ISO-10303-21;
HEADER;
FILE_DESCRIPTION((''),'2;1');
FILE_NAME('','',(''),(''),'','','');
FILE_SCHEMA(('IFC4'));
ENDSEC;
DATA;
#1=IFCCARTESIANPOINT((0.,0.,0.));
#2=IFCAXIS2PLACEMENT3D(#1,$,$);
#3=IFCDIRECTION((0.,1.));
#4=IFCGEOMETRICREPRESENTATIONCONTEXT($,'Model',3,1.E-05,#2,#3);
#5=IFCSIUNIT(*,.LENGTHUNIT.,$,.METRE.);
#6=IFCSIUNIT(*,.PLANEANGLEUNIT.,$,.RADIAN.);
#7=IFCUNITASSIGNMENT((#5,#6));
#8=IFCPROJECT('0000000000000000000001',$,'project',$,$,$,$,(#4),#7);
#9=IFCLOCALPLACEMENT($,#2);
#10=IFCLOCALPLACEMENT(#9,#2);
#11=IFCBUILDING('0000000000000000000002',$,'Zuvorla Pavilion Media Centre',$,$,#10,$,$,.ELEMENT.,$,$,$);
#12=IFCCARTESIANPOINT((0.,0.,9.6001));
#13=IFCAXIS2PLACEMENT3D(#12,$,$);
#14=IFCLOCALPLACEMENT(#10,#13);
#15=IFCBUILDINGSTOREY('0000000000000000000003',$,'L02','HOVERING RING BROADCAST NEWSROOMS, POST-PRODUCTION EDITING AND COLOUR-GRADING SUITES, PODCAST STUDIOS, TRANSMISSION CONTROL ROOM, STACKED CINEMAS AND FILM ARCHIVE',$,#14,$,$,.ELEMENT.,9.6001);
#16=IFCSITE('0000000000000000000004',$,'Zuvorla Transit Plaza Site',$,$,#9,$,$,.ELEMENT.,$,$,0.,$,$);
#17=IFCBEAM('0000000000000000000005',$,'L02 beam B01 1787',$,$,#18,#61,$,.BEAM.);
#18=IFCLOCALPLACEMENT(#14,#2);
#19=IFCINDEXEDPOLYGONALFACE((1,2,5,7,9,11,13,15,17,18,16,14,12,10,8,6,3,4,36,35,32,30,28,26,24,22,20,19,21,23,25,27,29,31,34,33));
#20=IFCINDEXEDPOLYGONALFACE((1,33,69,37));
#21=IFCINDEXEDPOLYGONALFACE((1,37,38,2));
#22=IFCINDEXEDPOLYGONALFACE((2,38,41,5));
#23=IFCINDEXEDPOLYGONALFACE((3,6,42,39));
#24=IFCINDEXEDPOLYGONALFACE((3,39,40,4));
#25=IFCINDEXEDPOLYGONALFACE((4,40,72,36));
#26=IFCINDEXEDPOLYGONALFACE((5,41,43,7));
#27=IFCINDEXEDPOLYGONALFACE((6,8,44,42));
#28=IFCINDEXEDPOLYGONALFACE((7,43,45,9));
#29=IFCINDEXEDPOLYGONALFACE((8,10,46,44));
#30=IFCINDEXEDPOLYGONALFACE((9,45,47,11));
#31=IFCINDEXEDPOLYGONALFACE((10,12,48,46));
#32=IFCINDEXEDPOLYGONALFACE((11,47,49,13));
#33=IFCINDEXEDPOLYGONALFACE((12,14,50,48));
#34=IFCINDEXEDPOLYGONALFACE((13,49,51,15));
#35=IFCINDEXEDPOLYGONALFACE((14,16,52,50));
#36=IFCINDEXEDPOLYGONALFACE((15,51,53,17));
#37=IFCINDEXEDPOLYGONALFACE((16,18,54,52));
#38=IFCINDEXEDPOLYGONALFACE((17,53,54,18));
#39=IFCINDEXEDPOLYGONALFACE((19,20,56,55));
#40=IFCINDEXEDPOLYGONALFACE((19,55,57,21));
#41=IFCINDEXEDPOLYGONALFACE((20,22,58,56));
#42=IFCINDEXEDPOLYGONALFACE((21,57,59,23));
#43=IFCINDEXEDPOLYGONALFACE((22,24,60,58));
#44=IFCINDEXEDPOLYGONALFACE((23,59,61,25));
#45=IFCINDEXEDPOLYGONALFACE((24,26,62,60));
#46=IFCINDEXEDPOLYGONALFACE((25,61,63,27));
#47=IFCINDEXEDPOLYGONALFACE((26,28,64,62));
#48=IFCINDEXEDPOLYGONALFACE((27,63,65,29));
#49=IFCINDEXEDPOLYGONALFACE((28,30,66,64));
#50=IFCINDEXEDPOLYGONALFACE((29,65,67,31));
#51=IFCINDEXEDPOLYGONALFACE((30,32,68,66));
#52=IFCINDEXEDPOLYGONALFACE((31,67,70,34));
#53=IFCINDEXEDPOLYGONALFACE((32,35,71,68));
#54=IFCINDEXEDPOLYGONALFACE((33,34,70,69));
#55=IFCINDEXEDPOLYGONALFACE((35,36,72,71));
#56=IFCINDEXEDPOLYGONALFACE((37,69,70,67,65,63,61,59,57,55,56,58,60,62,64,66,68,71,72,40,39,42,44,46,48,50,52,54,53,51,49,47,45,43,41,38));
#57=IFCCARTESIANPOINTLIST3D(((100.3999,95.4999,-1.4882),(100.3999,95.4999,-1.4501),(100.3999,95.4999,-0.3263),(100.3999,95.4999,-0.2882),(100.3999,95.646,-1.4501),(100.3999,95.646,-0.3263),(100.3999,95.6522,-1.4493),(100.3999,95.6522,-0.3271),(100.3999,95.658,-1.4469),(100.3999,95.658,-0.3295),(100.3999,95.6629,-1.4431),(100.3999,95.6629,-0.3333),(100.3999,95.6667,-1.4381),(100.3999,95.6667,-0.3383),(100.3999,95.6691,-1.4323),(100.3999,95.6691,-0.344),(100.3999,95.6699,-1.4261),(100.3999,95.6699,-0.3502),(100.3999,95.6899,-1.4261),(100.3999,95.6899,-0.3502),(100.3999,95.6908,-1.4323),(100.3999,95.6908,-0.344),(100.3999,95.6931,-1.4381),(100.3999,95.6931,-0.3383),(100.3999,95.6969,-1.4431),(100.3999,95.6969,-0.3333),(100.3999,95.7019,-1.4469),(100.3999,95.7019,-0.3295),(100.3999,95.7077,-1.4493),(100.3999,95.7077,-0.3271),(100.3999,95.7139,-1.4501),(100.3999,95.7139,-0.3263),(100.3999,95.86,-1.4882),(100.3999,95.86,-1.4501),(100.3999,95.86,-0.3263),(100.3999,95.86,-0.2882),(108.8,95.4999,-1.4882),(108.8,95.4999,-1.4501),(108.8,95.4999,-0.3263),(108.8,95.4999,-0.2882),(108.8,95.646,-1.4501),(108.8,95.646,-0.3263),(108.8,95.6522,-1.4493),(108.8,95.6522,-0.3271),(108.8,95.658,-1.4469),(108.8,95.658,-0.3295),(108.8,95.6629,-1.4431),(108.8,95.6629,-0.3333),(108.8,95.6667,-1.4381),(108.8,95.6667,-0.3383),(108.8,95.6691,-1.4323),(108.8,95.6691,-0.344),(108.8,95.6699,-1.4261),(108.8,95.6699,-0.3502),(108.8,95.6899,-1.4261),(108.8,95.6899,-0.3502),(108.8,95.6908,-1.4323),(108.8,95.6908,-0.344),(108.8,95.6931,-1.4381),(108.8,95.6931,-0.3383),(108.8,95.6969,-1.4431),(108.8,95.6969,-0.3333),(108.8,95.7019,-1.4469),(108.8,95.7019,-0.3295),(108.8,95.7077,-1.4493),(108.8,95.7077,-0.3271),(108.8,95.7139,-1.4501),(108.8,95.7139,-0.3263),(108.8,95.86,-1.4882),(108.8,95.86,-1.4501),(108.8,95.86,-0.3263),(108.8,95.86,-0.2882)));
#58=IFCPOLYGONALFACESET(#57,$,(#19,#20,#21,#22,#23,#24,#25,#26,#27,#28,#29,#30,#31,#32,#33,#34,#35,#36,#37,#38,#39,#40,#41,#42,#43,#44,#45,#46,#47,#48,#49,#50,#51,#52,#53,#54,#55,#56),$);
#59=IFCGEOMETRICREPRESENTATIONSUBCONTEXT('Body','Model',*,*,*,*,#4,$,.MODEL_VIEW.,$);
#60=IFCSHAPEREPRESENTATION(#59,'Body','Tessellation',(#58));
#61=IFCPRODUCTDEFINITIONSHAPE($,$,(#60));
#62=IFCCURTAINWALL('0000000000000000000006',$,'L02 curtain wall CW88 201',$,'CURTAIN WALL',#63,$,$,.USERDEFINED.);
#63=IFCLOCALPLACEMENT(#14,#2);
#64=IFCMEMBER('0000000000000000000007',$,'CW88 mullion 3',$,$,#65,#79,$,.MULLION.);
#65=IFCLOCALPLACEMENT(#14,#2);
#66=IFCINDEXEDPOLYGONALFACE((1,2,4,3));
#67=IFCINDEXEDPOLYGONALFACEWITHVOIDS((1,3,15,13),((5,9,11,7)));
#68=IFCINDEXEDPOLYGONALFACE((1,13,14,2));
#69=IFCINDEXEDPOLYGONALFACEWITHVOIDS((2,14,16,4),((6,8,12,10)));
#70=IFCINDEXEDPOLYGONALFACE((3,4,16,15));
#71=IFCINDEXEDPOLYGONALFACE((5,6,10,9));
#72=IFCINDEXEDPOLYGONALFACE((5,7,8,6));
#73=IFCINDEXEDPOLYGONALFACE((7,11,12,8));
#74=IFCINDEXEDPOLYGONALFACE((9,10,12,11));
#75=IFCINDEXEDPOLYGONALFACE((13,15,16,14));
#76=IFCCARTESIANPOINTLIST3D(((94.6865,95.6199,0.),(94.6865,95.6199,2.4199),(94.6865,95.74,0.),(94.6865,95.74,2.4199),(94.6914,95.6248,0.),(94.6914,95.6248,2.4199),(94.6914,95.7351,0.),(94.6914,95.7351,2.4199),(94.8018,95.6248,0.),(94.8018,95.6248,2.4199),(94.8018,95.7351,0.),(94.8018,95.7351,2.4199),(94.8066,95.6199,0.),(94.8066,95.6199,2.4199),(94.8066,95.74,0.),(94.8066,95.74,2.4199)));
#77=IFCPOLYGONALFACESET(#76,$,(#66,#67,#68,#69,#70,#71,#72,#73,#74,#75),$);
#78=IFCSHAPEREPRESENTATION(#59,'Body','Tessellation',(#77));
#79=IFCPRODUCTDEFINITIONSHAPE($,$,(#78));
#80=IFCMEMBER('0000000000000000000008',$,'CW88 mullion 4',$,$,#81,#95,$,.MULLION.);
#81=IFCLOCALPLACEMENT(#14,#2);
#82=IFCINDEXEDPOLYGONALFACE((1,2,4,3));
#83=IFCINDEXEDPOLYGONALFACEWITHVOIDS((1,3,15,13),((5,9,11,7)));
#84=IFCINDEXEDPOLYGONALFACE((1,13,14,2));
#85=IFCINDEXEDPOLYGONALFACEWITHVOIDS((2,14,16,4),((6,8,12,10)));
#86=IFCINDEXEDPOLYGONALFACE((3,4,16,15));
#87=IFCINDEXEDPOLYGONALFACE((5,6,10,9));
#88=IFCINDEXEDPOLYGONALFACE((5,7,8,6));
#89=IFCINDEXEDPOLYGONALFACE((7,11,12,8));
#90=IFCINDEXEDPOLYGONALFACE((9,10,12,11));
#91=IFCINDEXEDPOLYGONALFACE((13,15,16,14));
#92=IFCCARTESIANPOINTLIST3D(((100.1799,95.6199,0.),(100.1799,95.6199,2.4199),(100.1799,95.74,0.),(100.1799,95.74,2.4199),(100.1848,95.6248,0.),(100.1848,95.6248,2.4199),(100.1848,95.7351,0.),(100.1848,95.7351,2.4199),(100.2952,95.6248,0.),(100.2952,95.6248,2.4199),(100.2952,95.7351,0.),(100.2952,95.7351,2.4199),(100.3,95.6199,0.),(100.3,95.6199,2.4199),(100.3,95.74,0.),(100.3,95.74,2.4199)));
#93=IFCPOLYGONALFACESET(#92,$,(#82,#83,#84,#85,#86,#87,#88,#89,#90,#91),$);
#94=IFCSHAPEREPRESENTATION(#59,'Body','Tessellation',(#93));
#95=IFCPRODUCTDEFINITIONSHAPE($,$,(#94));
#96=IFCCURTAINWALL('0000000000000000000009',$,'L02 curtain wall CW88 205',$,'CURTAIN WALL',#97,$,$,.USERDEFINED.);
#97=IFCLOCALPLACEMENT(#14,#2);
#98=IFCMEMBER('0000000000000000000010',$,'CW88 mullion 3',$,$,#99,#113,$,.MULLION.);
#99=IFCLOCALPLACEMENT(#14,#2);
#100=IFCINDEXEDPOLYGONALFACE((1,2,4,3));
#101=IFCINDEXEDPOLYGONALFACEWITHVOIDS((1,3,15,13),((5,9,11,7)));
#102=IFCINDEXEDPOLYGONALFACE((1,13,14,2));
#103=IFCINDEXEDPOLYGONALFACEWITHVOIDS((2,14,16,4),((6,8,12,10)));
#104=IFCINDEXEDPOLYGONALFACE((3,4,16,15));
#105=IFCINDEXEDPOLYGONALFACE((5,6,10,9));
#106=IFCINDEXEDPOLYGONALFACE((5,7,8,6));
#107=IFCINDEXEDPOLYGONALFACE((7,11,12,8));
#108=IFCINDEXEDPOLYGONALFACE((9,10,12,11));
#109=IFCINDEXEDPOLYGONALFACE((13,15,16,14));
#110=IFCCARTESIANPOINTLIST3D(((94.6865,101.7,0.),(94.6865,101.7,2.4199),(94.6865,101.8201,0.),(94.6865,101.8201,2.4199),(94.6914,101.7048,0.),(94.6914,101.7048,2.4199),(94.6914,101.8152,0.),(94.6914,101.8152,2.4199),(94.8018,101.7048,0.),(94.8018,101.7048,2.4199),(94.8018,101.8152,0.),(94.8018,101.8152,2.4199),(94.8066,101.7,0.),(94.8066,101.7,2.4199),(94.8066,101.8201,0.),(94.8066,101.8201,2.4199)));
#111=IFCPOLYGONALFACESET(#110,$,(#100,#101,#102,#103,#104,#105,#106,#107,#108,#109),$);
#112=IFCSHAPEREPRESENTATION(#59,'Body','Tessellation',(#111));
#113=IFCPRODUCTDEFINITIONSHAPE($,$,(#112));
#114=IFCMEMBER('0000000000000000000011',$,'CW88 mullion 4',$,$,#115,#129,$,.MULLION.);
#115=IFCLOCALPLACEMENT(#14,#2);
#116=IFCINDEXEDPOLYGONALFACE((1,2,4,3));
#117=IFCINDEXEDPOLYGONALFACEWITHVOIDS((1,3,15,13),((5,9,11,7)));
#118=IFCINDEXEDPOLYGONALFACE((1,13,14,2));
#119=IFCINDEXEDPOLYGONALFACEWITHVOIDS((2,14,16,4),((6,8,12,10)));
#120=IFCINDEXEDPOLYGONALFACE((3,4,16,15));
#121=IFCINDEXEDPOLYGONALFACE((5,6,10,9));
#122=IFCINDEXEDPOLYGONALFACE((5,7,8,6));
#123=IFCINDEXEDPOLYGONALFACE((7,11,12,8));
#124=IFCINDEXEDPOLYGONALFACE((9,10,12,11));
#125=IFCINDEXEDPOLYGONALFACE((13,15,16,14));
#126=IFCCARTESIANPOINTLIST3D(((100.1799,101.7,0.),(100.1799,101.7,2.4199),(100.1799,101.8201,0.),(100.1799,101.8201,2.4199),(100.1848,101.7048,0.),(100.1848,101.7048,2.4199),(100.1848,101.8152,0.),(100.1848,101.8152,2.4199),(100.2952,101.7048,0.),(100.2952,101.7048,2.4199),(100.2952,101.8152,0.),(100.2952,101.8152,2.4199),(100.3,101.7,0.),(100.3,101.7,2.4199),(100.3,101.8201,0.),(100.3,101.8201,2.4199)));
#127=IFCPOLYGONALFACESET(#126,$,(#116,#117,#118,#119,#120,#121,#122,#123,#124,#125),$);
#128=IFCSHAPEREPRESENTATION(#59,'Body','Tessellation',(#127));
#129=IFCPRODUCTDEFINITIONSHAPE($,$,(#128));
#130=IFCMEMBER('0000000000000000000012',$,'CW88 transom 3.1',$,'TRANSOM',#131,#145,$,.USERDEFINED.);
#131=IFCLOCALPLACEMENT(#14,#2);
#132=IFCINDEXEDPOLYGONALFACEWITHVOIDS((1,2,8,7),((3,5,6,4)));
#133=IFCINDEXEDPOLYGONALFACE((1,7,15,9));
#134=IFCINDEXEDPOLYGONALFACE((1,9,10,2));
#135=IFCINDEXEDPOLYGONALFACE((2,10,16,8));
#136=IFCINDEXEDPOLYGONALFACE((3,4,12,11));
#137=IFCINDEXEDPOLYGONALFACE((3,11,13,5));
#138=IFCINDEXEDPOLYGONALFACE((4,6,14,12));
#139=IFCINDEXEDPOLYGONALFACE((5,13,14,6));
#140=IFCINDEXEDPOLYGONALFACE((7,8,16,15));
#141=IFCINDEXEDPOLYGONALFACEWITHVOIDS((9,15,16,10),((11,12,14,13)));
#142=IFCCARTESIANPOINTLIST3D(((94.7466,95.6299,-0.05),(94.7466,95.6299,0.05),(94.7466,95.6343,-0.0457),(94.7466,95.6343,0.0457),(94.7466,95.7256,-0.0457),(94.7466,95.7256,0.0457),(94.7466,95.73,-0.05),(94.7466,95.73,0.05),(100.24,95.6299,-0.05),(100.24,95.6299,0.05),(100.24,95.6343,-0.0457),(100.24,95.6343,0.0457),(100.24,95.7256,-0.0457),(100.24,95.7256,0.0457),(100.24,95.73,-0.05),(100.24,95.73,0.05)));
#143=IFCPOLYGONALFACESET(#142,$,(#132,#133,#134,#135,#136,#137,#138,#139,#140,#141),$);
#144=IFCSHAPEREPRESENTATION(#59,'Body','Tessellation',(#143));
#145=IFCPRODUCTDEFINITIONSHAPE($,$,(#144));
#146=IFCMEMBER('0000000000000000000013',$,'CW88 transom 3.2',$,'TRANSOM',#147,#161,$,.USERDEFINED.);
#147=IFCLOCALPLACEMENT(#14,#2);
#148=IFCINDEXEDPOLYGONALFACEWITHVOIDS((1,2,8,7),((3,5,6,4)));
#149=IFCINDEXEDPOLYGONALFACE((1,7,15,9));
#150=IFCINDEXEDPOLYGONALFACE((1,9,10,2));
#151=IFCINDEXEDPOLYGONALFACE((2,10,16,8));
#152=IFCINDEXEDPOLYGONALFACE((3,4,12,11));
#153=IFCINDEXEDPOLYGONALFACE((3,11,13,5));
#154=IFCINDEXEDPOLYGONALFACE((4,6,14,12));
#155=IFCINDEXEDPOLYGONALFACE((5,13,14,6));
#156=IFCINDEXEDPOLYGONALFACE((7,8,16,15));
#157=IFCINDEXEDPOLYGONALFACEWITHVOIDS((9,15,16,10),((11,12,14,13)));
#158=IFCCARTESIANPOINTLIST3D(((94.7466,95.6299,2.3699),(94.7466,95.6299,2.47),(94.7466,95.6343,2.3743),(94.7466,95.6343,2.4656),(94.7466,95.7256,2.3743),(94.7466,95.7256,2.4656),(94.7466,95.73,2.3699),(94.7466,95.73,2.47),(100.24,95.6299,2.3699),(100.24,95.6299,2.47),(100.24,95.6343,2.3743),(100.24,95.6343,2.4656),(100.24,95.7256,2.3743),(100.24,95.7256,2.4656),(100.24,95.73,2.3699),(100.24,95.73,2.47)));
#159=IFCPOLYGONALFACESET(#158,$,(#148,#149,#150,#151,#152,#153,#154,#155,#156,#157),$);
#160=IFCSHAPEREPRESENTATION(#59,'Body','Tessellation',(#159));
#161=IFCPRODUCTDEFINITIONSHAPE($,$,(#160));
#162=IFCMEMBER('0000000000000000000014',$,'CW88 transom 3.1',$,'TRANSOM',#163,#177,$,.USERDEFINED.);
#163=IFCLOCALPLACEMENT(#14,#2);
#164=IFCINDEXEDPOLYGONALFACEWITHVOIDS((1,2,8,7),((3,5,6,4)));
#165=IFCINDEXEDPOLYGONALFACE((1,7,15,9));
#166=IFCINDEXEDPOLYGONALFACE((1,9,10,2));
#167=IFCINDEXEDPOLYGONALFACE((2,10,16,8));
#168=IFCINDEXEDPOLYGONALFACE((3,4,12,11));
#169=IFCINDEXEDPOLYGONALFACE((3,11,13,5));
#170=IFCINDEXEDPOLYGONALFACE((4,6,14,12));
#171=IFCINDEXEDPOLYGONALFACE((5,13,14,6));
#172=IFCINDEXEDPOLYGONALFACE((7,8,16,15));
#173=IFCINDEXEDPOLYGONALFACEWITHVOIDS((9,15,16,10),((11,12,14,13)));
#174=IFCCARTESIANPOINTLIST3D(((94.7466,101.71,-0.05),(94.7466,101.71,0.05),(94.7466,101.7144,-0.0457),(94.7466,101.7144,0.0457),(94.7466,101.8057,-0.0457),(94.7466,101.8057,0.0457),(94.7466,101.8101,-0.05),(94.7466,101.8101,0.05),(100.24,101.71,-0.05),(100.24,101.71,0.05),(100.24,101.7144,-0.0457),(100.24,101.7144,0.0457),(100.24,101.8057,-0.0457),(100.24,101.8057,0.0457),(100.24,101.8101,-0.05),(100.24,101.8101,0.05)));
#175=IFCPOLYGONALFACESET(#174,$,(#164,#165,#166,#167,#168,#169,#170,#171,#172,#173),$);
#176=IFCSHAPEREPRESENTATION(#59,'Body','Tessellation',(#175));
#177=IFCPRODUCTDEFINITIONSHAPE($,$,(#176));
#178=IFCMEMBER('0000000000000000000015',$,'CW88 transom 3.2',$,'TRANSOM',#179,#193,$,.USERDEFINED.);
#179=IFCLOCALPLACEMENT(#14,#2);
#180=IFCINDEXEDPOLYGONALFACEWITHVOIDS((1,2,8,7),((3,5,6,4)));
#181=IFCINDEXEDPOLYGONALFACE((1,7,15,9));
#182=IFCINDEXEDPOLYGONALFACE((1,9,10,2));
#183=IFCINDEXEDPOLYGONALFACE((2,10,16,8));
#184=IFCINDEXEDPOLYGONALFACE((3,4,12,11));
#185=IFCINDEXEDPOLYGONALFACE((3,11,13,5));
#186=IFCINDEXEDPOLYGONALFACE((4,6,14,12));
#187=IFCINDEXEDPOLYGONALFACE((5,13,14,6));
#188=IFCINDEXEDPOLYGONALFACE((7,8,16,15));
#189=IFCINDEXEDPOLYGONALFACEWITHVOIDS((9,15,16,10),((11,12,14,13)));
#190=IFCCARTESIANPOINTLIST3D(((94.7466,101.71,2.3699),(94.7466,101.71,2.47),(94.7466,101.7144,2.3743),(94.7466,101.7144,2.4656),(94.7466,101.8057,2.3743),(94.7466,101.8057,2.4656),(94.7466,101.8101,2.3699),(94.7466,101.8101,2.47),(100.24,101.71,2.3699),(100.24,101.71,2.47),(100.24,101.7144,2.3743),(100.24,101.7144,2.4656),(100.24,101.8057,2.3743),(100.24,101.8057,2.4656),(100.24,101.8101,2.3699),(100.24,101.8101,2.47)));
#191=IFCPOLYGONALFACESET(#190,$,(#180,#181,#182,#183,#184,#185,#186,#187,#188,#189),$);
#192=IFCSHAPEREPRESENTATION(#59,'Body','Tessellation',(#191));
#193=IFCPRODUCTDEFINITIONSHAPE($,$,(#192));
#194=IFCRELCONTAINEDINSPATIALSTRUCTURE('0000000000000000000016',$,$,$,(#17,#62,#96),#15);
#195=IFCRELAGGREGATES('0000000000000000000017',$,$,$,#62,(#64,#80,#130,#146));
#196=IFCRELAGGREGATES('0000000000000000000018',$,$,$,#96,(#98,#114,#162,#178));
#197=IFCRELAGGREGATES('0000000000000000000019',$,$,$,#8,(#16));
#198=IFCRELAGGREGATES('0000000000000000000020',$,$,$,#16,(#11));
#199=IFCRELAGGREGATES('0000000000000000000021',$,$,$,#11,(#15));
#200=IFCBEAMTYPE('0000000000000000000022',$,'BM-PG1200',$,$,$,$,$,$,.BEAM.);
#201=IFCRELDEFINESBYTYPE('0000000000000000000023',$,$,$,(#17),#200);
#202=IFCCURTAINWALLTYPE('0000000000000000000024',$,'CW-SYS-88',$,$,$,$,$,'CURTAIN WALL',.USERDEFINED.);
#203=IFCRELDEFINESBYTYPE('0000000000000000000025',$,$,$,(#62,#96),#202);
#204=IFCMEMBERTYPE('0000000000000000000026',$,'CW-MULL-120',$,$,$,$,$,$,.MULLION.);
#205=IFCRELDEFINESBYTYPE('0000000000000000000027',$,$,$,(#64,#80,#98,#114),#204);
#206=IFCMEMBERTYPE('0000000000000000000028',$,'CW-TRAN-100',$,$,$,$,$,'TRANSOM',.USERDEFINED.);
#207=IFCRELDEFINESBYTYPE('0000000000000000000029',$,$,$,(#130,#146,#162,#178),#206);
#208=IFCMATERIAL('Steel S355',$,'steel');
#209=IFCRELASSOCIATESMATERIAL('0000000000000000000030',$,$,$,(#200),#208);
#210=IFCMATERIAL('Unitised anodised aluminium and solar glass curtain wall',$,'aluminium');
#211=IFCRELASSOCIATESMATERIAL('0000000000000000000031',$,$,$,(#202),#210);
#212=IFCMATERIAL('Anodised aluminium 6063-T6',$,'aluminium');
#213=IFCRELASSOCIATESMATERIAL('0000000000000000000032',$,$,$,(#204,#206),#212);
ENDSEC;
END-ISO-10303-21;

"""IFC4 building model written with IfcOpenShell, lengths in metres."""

from ifc_helpers import new_model, si_unit, direction, frame, origin, origin_2d, place, context, subcontext, project, spatial, hollow_rectangle, i_section, extrude, material, material_profile, profile_set, type_object, element, aggregate, save


model = new_model("IFC4")

# Units and contexts
model_context = context("Model", 3, precision=1e-05, world=origin(), true_north=direction((0.0, 1.0)))
body_context = subcontext(model_context, "Body", "Model", "MODEL_VIEW")
ifc_project = project(units=[si_unit("LENGTHUNIT", "METRE"), si_unit("PLANEANGLEUNIT", "RADIAN")], contexts=[model_context])

# Site, building, storey
site_placement = place(None, origin())
site = spatial("IfcSite", under=ifc_project, at=site_placement, Name="Zuvorla Transit Plaza Site", CompositionType="ELEMENT", RefElevation=0.0)
building_placement = place(site_placement, origin())
building = spatial("IfcBuilding", under=site, at=building_placement, Name="Zuvorla Pavilion Media Centre", CompositionType="ELEMENT")
storey_placement = place(building_placement, frame((0.0, 0.0, 9.6001)))
storey = spatial("IfcBuildingStorey", under=building, at=storey_placement, Name="L02", Description="HOVERING RING BROADCAST NEWSROOMS, POST-PRODUCTION EDITING AND COLOUR-GRADING SUITES, PODCAST STUDIOS, TRANSMISSION CONTROL ROOM, STACKED CINEMAS AND FILM ARCHIVE", CompositionType="ELEMENT", Elevation=9.6001)

# Beam
ifc_material_1 = material(Name="Steel S355", Category="steel")
ifc_material_profile_1 = material_profile(ifc_material_1, i_section(OverallWidth=0.3601, OverallDepth=1.2, WebThickness=0.02, FlangeThickness=0.0381, FilletRadius=0.0239, at=origin_2d()), Name="PG 1200x360x38")
ifc_profile_set_1 = profile_set([ifc_material_profile_1], Name="Steel S355")
beam_type = type_object("IfcBeamType", Name="BM-PG1200", PredefinedType="BEAM", material=ifc_profile_set_1)
beam_placement = place(storey_placement, frame((100.3999, 95.6799, -0.8882), z_axis=(1.0, 0.0, 0.0), x_axis=(0.0, 1.0, 0.0)))
element("IfcBeam", 1, at=beam_placement, inside=storey, type_object=beam_type, Name="L02 beam B01 1787", PredefinedType="BEAM", context=body_context, shape_type="SweptSolid", body=[
    extrude(i_section(OverallWidth=0.3601, OverallDepth=1.2, WebThickness=0.02, FlangeThickness=0.0381, FilletRadius=0.0239, at=origin_2d()), origin(), (0.0, 0.0, 1.0), 8.4001),
])

# Curtain walls, members
ifc_material_2 = material(Name="Unitised anodised aluminium and solar glass curtain wall", Category="aluminium")
curtain_wall_type = type_object("IfcCurtainWallType", Name="CW-SYS-88", ElementType="CURTAIN WALL", PredefinedType="USERDEFINED", material=ifc_material_2)
curtain_wall_1_placement = place(storey_placement, origin())
curtain_wall_1 = element("IfcCurtainWall", 2, at=curtain_wall_1_placement, inside=storey, type_object=curtain_wall_type, Name="L02 curtain wall CW88 201", ObjectType="CURTAIN WALL", PredefinedType="USERDEFINED")
ifc_material_3 = material(Name="Anodised aluminium 6063-T6", Category="aluminium")
ifc_material_profile_2 = material_profile(ifc_material_3, hollow_rectangle(XDim=0.1201, YDim=0.1201, WallThickness=0.0049, at=origin_2d()), Name="ALU MULL 120x120")
ifc_profile_set_2 = profile_set([ifc_material_profile_2], Name="Anodised aluminium 6063-T6")
member_type_1 = type_object("IfcMemberType", Name="CW-MULL-120", PredefinedType="MULLION", material=ifc_profile_set_2)
member_1_placement = place(storey_placement, frame((94.7466, 95.6799, 0.0), z_axis=(0.0, 0.0, 1.0), x_axis=(1.0, 0.0, 0.0)))
member_1 = element("IfcMember", 3, at=member_1_placement, type_object=member_type_1, Name="CW88 mullion 3", PredefinedType="MULLION", context=body_context, shape_type="SweptSolid", body=[
    extrude(hollow_rectangle(XDim=0.1201, YDim=0.1201, WallThickness=0.0049, at=origin_2d()), origin(), (0.0, 0.0, 1.0), 2.4199),
])
member_2_placement = place(storey_placement, frame((100.24, 95.6799, 0.0), z_axis=(0.0, 0.0, 1.0), x_axis=(1.0, 0.0, 0.0)))
member_2 = element("IfcMember", 4, at=member_2_placement, type_object=member_type_1, Name="CW88 mullion 4", PredefinedType="MULLION", context=body_context, shape_type="SweptSolid", body=[
    extrude(hollow_rectangle(XDim=0.1201, YDim=0.1201, WallThickness=0.0049, at=origin_2d()), origin(), (0.0, 0.0, 1.0), 2.4199),
])
curtain_wall_2_placement = place(storey_placement, origin())
curtain_wall_2 = element("IfcCurtainWall", 5, at=curtain_wall_2_placement, inside=storey, type_object=curtain_wall_type, Name="L02 curtain wall CW88 205", ObjectType="CURTAIN WALL", PredefinedType="USERDEFINED")
member_3_placement = place(storey_placement, frame((94.7466, 101.76, 0.0), z_axis=(0.0, 0.0, 1.0), x_axis=(1.0, 0.0, 0.0)))
member_3 = element("IfcMember", 6, at=member_3_placement, type_object=member_type_1, Name="CW88 mullion 3", PredefinedType="MULLION", context=body_context, shape_type="SweptSolid", body=[
    extrude(hollow_rectangle(XDim=0.1201, YDim=0.1201, WallThickness=0.0049, at=origin_2d()), origin(), (0.0, 0.0, 1.0), 2.4199),
])
member_4_placement = place(storey_placement, frame((100.24, 101.76, 0.0), z_axis=(0.0, 0.0, 1.0), x_axis=(1.0, 0.0, 0.0)))
member_4 = element("IfcMember", 7, at=member_4_placement, type_object=member_type_1, Name="CW88 mullion 4", PredefinedType="MULLION", context=body_context, shape_type="SweptSolid", body=[
    extrude(hollow_rectangle(XDim=0.1201, YDim=0.1201, WallThickness=0.0049, at=origin_2d()), origin(), (0.0, 0.0, 1.0), 2.4199),
])

# Members
ifc_material_profile_3 = material_profile(ifc_material_3, hollow_rectangle(XDim=0.1001, YDim=0.1001, WallThickness=0.0044, at=origin_2d()), Name="ALU TRAN 100x100")
ifc_profile_set_3 = profile_set([ifc_material_profile_3], Name="Anodised aluminium 6063-T6")
member_type_2 = type_object("IfcMemberType", Name="CW-TRAN-100", ElementType="TRANSOM", PredefinedType="USERDEFINED", material=ifc_profile_set_3)
member_5_placement = place(storey_placement, frame((94.7466, 95.6799, 0.0), z_axis=(1.0, 0.0, 0.0), x_axis=(0.0, 1.0, 0.0)))
member_5 = element("IfcMember", 8, at=member_5_placement, type_object=member_type_2, Name="CW88 transom 3.1", ObjectType="TRANSOM", PredefinedType="USERDEFINED", context=body_context, shape_type="SweptSolid", body=[
    extrude(hollow_rectangle(XDim=0.1001, YDim=0.1001, WallThickness=0.0044, at=origin_2d()), origin(), (0.0, 0.0, 1.0), 5.4934),
])
member_6_placement = place(storey_placement, frame((94.7466, 95.6799, 2.4199), z_axis=(1.0, 0.0, 0.0), x_axis=(0.0, 1.0, 0.0)))
member_6 = element("IfcMember", 9, at=member_6_placement, type_object=member_type_2, Name="CW88 transom 3.2", ObjectType="TRANSOM", PredefinedType="USERDEFINED", context=body_context, shape_type="SweptSolid", body=[
    extrude(hollow_rectangle(XDim=0.1001, YDim=0.1001, WallThickness=0.0044, at=origin_2d()), origin(), (0.0, 0.0, 1.0), 5.4934),
])
member_7_placement = place(storey_placement, frame((94.7466, 101.76, 0.0), z_axis=(1.0, 0.0, 0.0), x_axis=(0.0, 1.0, 0.0)))
member_7 = element("IfcMember", 10, at=member_7_placement, type_object=member_type_2, Name="CW88 transom 3.1", ObjectType="TRANSOM", PredefinedType="USERDEFINED", context=body_context, shape_type="SweptSolid", body=[
    extrude(hollow_rectangle(XDim=0.1001, YDim=0.1001, WallThickness=0.0044, at=origin_2d()), origin(), (0.0, 0.0, 1.0), 5.4934),
])
member_8_placement = place(storey_placement, frame((94.7466, 101.76, 2.4199), z_axis=(1.0, 0.0, 0.0), x_axis=(0.0, 1.0, 0.0)))
member_8 = element("IfcMember", 11, at=member_8_placement, type_object=member_type_2, Name="CW88 transom 3.2", ObjectType="TRANSOM", PredefinedType="USERDEFINED", context=body_context, shape_type="SweptSolid", body=[
    extrude(hollow_rectangle(XDim=0.1001, YDim=0.1001, WallThickness=0.0044, at=origin_2d()), origin(), (0.0, 0.0, 1.0), 5.4934),
])

aggregate(curtain_wall_1, [member_1, member_2, member_5, member_6])
aggregate(curtain_wall_2, [member_3, member_4, member_7, member_8])

save(model, "model.ifc")
